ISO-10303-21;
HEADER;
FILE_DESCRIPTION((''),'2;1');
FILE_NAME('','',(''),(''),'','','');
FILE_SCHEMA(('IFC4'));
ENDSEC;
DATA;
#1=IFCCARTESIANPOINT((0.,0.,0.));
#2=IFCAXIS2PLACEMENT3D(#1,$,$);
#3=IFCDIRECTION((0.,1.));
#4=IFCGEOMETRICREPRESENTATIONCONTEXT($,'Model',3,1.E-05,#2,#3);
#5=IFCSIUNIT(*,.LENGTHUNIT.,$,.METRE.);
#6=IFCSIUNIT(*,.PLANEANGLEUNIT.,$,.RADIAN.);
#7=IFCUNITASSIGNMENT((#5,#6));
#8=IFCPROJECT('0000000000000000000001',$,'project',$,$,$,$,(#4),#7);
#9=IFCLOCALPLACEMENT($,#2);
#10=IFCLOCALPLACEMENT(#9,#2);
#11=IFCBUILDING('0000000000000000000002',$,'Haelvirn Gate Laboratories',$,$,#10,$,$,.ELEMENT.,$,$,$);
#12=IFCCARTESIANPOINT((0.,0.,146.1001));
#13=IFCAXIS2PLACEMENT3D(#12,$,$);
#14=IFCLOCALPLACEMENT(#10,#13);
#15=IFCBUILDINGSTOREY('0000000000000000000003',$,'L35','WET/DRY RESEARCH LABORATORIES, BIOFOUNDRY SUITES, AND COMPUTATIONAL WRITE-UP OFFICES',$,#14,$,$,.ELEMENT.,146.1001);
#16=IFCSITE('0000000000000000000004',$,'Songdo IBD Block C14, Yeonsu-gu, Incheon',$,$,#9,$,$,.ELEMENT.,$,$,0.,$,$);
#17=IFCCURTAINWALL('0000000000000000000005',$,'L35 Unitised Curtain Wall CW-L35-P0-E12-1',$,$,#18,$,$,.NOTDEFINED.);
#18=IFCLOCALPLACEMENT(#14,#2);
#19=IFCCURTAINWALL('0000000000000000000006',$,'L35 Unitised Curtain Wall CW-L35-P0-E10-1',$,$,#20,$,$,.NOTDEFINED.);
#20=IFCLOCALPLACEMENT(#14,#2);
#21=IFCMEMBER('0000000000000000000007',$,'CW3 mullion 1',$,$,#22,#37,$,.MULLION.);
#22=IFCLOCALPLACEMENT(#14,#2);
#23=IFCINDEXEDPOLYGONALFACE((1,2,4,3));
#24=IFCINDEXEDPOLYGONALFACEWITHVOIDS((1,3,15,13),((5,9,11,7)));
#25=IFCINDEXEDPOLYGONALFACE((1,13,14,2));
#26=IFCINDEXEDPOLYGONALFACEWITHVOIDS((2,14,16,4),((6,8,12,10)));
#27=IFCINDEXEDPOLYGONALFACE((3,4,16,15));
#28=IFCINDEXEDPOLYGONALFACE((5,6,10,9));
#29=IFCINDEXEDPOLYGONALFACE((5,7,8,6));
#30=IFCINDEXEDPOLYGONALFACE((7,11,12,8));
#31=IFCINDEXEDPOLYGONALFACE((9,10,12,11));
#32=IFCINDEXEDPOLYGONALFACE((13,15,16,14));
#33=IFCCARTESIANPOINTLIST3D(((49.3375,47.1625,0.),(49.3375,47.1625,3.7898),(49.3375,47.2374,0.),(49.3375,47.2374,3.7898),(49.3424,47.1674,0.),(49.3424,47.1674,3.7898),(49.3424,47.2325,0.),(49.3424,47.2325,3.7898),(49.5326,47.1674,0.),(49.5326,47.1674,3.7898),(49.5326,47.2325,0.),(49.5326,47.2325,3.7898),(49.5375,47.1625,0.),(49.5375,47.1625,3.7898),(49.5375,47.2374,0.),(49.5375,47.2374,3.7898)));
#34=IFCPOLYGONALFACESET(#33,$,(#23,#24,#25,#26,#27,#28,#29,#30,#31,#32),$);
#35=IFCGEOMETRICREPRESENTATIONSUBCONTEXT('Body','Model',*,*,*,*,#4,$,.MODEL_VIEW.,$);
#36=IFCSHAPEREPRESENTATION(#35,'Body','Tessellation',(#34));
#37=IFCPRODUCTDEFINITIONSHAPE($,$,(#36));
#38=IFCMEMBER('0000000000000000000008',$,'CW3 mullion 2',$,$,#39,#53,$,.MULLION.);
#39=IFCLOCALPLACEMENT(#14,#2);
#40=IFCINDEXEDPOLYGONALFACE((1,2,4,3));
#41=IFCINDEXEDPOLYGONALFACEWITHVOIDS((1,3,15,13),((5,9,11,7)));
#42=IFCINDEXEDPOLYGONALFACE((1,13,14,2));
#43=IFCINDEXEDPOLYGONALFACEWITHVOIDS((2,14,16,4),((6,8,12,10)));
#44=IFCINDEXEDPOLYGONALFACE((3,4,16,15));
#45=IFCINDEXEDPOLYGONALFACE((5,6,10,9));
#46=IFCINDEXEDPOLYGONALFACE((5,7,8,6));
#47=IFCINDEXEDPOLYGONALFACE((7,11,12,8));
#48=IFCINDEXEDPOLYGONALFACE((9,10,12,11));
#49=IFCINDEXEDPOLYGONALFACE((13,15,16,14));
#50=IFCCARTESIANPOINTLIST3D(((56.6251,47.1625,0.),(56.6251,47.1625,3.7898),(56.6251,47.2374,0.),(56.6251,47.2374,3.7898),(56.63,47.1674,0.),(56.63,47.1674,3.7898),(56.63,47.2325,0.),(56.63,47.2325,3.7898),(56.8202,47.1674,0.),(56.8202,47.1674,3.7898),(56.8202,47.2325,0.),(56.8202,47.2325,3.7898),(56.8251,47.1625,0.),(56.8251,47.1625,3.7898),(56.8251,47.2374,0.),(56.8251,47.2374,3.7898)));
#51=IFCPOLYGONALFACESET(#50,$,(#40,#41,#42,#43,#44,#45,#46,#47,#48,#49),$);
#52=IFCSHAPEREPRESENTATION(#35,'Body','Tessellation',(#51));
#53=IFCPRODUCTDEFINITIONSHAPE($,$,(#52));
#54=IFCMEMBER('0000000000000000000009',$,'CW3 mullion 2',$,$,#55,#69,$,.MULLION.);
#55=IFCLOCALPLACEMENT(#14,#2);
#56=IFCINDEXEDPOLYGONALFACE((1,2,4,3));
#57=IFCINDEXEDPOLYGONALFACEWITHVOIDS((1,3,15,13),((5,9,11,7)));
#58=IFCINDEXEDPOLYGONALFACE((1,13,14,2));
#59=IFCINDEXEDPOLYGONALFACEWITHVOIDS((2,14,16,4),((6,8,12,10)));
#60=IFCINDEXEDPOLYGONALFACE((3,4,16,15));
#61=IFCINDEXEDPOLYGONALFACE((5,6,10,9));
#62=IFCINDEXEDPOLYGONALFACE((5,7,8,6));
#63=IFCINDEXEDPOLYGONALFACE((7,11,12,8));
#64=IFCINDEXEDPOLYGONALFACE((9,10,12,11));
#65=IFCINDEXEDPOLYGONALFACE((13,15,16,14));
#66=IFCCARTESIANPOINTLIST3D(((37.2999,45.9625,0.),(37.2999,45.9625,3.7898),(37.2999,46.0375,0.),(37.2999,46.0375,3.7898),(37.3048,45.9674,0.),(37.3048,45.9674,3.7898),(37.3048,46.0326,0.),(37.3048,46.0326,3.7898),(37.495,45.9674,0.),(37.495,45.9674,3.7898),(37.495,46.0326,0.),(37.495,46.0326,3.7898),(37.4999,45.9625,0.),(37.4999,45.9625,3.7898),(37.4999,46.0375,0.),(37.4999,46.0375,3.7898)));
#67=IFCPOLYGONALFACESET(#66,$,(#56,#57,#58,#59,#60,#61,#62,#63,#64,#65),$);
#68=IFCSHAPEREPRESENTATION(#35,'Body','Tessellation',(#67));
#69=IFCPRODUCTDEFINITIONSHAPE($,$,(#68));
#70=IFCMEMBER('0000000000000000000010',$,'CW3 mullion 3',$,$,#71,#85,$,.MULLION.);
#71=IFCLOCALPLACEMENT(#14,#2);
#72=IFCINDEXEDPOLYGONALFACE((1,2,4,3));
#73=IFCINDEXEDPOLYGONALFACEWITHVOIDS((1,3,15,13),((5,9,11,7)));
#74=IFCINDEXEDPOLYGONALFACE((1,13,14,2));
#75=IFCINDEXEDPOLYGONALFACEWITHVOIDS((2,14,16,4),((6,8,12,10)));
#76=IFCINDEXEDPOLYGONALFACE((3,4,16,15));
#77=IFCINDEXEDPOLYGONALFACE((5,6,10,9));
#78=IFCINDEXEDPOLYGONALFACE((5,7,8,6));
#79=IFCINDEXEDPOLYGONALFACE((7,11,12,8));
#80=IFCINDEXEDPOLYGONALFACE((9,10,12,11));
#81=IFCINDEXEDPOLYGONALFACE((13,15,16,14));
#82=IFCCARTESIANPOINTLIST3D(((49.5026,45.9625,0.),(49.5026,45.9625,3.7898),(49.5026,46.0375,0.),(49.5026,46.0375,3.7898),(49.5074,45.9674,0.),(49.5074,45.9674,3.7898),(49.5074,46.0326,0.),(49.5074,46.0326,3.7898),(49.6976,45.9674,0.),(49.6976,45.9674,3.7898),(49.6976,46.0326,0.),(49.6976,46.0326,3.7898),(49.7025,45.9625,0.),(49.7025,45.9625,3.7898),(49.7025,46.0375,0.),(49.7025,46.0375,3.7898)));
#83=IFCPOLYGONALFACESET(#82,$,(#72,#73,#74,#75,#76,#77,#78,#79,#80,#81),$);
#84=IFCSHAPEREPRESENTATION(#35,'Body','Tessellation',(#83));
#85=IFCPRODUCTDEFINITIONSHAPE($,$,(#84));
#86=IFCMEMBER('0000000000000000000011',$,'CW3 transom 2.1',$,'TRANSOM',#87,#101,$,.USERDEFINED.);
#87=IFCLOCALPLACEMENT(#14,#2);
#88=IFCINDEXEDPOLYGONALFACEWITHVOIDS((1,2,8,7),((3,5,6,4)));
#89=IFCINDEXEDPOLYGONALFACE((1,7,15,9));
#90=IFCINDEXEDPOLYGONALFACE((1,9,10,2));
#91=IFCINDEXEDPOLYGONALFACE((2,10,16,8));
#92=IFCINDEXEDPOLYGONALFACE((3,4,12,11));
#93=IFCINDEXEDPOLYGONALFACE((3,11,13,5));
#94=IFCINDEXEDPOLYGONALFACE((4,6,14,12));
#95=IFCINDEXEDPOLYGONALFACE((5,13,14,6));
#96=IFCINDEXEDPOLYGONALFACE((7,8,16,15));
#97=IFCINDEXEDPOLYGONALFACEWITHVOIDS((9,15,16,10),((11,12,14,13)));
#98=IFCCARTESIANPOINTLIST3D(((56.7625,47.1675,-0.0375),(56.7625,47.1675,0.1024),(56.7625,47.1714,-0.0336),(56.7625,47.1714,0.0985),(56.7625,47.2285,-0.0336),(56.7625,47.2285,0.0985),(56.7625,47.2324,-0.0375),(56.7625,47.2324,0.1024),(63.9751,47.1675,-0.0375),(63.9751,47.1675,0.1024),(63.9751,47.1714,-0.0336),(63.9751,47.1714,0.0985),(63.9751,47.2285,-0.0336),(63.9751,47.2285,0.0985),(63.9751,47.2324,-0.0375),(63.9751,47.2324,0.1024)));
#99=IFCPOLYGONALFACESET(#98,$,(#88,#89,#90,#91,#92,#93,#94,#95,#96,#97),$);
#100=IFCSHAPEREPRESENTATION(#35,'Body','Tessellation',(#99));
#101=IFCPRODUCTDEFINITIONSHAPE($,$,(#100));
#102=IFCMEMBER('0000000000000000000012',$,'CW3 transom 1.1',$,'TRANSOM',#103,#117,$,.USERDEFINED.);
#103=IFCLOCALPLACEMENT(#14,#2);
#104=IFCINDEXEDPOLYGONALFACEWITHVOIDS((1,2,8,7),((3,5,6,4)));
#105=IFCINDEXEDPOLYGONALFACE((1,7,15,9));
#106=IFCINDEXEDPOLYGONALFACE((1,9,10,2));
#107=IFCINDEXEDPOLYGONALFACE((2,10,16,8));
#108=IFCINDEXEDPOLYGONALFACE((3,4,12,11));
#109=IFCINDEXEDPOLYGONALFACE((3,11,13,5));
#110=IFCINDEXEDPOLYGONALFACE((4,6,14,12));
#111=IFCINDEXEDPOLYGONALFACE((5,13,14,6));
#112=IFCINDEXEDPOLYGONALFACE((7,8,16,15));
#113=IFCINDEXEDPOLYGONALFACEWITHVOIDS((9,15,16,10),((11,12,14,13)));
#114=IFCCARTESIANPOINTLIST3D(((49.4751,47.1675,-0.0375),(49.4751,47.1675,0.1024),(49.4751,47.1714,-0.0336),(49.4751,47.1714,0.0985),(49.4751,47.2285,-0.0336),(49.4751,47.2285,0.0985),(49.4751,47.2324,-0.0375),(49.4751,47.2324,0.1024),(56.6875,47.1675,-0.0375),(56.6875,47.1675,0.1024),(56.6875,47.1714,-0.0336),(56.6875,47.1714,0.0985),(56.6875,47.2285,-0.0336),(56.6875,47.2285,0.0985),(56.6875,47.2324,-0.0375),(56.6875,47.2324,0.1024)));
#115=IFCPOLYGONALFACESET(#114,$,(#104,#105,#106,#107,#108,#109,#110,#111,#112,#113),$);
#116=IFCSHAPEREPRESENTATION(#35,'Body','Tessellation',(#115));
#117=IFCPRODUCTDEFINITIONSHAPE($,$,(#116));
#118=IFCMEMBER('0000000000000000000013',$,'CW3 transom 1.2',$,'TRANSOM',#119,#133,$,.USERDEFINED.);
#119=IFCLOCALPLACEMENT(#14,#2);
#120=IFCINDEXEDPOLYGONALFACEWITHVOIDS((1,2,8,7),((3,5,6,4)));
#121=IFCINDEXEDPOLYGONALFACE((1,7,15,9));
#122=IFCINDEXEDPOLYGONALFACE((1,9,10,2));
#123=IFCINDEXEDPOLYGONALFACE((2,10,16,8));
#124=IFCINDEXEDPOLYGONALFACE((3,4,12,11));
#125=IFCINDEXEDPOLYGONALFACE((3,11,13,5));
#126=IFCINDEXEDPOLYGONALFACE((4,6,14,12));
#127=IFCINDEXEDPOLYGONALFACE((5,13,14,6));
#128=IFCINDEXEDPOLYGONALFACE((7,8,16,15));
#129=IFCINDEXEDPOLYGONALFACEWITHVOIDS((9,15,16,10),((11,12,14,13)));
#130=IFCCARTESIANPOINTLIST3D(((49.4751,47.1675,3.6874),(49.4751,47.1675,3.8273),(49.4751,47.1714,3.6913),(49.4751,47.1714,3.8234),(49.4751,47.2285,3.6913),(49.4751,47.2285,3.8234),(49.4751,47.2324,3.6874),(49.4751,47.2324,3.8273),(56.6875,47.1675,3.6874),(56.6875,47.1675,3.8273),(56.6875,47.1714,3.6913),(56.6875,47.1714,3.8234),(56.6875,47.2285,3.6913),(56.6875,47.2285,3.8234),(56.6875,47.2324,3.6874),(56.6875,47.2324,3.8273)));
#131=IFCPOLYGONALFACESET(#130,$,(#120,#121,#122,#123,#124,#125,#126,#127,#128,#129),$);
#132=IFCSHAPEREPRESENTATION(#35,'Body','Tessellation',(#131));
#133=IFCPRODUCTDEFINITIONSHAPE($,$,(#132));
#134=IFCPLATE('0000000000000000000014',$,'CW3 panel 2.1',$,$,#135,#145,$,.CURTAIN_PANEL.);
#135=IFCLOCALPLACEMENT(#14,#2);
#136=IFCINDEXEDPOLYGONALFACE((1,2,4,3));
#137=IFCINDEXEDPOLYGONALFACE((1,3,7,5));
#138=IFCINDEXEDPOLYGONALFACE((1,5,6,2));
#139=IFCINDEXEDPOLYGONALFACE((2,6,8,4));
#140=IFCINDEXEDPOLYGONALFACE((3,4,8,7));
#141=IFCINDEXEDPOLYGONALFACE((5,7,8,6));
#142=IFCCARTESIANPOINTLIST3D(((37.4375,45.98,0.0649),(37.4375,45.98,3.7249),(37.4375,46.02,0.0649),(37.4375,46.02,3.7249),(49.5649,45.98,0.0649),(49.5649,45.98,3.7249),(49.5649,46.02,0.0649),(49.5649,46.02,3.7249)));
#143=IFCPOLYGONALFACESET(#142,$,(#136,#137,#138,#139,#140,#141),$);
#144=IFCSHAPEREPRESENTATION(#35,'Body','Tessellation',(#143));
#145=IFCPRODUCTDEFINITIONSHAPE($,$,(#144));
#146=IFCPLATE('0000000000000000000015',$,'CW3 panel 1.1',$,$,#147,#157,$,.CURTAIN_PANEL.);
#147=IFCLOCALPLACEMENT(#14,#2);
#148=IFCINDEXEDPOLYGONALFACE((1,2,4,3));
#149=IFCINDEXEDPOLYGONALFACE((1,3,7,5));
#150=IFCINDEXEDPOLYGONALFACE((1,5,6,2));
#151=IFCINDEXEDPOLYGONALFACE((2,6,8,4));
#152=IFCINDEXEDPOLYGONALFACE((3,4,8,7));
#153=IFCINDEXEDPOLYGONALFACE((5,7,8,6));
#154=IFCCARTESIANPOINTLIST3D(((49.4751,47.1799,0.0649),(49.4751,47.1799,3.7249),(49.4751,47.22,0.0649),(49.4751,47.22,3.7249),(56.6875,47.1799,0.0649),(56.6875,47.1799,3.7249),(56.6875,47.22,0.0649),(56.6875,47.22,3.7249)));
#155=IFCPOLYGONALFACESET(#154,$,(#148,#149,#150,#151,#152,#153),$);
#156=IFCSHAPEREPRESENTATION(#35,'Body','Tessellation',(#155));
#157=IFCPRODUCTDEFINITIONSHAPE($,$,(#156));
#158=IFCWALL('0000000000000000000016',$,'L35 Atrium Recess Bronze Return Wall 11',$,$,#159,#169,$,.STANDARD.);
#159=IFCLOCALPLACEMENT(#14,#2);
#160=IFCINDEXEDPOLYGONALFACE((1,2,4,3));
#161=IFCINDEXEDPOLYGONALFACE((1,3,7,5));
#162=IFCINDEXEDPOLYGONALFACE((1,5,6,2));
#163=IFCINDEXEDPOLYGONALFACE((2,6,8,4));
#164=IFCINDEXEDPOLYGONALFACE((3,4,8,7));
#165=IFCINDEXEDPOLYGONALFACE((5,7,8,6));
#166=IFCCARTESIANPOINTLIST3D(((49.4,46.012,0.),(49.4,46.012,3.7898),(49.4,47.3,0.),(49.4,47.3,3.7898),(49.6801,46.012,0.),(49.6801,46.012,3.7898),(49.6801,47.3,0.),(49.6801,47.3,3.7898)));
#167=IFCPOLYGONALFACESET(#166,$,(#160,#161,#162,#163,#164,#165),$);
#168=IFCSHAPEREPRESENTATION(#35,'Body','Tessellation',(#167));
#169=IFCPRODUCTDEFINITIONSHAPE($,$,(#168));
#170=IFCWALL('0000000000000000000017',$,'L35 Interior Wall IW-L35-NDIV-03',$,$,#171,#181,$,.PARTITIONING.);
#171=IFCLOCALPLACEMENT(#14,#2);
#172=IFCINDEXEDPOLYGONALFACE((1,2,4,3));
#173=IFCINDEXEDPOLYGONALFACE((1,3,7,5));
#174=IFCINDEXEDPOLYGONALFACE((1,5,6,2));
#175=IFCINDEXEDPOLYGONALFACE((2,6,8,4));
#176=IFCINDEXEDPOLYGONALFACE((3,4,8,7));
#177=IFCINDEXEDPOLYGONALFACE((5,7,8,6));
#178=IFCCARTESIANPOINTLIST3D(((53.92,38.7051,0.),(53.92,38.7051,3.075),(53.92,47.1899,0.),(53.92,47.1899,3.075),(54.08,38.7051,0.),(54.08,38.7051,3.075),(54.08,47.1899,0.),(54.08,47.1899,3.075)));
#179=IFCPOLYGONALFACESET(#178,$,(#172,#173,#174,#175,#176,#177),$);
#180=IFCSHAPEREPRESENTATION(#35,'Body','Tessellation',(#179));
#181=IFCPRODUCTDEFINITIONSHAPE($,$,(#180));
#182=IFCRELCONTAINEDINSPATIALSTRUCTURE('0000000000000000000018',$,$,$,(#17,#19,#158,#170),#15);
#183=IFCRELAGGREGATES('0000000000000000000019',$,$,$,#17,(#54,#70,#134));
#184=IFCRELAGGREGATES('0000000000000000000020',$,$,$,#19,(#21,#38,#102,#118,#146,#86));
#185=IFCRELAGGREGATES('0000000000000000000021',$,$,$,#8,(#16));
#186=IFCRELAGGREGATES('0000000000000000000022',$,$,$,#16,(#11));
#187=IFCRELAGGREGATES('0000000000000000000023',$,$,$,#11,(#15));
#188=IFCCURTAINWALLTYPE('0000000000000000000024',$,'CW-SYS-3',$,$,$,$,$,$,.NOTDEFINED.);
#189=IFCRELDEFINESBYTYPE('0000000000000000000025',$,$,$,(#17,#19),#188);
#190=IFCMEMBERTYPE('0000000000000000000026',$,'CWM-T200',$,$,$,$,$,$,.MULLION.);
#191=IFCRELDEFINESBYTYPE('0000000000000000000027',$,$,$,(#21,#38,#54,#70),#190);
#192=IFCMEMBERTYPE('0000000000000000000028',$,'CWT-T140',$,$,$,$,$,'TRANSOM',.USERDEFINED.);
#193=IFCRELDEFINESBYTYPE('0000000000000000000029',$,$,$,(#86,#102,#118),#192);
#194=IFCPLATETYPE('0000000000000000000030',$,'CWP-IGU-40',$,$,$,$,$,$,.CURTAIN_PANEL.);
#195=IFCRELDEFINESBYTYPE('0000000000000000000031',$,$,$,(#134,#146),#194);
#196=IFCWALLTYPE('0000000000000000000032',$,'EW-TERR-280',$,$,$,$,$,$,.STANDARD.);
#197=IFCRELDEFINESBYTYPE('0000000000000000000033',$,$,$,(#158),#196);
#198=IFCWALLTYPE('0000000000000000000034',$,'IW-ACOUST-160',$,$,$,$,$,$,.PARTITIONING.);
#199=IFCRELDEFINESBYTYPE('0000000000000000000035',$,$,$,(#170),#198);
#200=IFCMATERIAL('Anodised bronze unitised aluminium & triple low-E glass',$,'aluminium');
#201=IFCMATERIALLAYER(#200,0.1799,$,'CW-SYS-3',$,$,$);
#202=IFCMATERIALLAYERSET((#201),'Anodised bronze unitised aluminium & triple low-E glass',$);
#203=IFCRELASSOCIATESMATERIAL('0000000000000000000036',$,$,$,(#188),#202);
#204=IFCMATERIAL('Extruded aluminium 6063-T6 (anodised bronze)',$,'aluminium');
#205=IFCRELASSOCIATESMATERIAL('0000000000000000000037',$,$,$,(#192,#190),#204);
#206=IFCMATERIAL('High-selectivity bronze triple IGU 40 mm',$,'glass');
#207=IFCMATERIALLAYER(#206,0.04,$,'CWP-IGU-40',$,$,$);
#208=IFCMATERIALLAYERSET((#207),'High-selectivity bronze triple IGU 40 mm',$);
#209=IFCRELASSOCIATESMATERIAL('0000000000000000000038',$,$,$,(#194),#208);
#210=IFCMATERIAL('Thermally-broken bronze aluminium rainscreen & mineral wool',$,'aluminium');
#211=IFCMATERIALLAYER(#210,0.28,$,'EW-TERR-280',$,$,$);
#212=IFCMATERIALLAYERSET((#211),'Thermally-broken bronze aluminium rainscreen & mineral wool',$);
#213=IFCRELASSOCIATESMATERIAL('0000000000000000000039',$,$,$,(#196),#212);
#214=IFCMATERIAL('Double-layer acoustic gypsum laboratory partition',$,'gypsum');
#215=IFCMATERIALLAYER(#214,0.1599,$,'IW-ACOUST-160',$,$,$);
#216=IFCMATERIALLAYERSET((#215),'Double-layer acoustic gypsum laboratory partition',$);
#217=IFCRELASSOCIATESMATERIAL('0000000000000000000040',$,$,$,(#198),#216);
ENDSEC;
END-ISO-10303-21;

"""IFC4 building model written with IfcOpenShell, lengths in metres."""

from ifc_helpers import new_model, si_unit, direction, frame, frame_2d, origin, origin_2d, place, context, subcontext, project, spatial, rectangle, hollow_rectangle, extrude, source, transform, mapped, material, layer, layer_set, material_profile, profile_set, type_object, type_shapes, element, aggregate, save


model = new_model("IFC4")

# Units and contexts
model_context = context("Model", 3, precision=1e-05, world=origin(), true_north=direction((0.0, 1.0)))
body_context = subcontext(model_context, "Body", "Model", "MODEL_VIEW")
ifc_project = project(units=[si_unit("LENGTHUNIT", "METRE"), si_unit("PLANEANGLEUNIT", "RADIAN")], contexts=[model_context])

# Site, building, storey
site_placement = place(None, origin())
site = spatial("IfcSite", under=ifc_project, at=site_placement, Name="Songdo IBD Block C14, Yeonsu-gu, Incheon", CompositionType="ELEMENT", RefElevation=0.0)
building_placement = place(site_placement, origin())
building = spatial("IfcBuilding", under=site, at=building_placement, Name="Haelvirn Gate Laboratories", CompositionType="ELEMENT")
storey_placement = place(building_placement, frame((0.0, 0.0, 146.1001)))
storey = spatial("IfcBuildingStorey", under=building, at=storey_placement, Name="L35", Description="WET/DRY RESEARCH LABORATORIES, BIOFOUNDRY SUITES, AND COMPUTATIONAL WRITE-UP OFFICES", CompositionType="ELEMENT", Elevation=146.1001)

# Curtain walls, members
ifc_material_1 = material(Name="Anodised bronze unitised aluminium & triple low-E glass", Category="aluminium")
ifc_layer_1 = layer(ifc_material_1, 0.1799, Name="CW-SYS-3")
ifc_layer_set_1 = layer_set([ifc_layer_1], Name="Anodised bronze unitised aluminium & triple low-E glass")
curtain_wall_type = type_object("IfcCurtainWallType", Name="CW-SYS-3", PredefinedType="NOTDEFINED", material=ifc_layer_set_1)
curtain_wall_1_placement = place(storey_placement, origin())
curtain_wall_1 = element("IfcCurtainWall", 1, at=curtain_wall_1_placement, inside=storey, type_object=curtain_wall_type, Name="L35 Unitised Curtain Wall CW-L35-P0-E12-1", PredefinedType="NOTDEFINED")
ifc_material_2 = material(Name="Extruded aluminium 6063-T6 (anodised bronze)", Category="aluminium")
ifc_material_profile_1 = material_profile(ifc_material_2, hollow_rectangle(XDim=0.0649, YDim=0.1399, WallThickness=0.0039, at=origin_2d()), Name="CWT-140x65x4")
ifc_profile_set_1 = profile_set([ifc_material_profile_1], Name="Extruded aluminium 6063-T6 (anodised bronze)")
member_type_1 = type_object("IfcMemberType", Name="CWT-T140", ElementType="TRANSOM", PredefinedType="USERDEFINED", material=ifc_profile_set_1)
curtain_wall_2_placement = place(storey_placement, origin())
curtain_wall_2 = element("IfcCurtainWall", 2, at=curtain_wall_2_placement, inside=storey, type_object=curtain_wall_type, Name="L35 Unitised Curtain Wall CW-L35-P0-E10-1", PredefinedType="NOTDEFINED")
ifc_material_profile_2 = material_profile(ifc_material_2, hollow_rectangle(XDim=0.075, YDim=0.2, WallThickness=0.0049, at=origin_2d()), Name="CWM-200x75x5")
ifc_profile_set_2 = profile_set([ifc_material_profile_2], Name="Extruded aluminium 6063-T6 (anodised bronze)")
member_type_2 = type_object("IfcMemberType", Name="CWM-T200", PredefinedType="MULLION", material=ifc_profile_set_2)
shared_shape_1 = source(origin(), body_context, "Body", "SweptSolid", [
    extrude(hollow_rectangle(XDim=0.075, YDim=0.2, WallThickness=0.0049, at=origin_2d()), origin(), (0.0, 0.0, 1.0), 3.7898),
])
type_shapes(member_type_2, [shared_shape_1])
member_1_placement = place(storey_placement, frame((49.4375, 47.2, 0.0), z_axis=(0.0, 0.0, 1.0), x_axis=(0.0, 1.0, 0.0)))
member_1 = element("IfcMember", 3, at=member_1_placement, type_object=member_type_2, Name="CW3 mullion 1", PredefinedType="MULLION", context=body_context, shape_type="MappedRepresentation", body=[
    mapped(shared_shape_1, transform((0.0, 0.0, 0.0), scale=1.0)),
])
member_2_placement = place(storey_placement, frame((56.7251, 47.2, 0.0), z_axis=(0.0, 0.0, 1.0), x_axis=(0.0, 1.0, 0.0)))
member_2 = element("IfcMember", 4, at=member_2_placement, type_object=member_type_2, Name="CW3 mullion 2", PredefinedType="MULLION", context=body_context, shape_type="MappedRepresentation", body=[
    mapped(shared_shape_1, transform((0.0, 0.0, 0.0), scale=1.0)),
])

# Members
member_3_placement = place(storey_placement, frame((37.3999, 46.0, 0.0), z_axis=(0.0, 0.0, 1.0), x_axis=(0.0, 1.0, 0.0)))
member_3 = element("IfcMember", 5, at=member_3_placement, type_object=member_type_2, Name="CW3 mullion 2", PredefinedType="MULLION", context=body_context, shape_type="MappedRepresentation", body=[
    mapped(shared_shape_1, transform((0.0, 0.0, 0.0), scale=1.0)),
])
member_4_placement = place(storey_placement, frame((49.6025, 46.0, 0.0), z_axis=(0.0, 0.0, 1.0), x_axis=(0.0, 1.0, 0.0)))
member_4 = element("IfcMember", 6, at=member_4_placement, type_object=member_type_2, Name="CW3 mullion 3", PredefinedType="MULLION", context=body_context, shape_type="MappedRepresentation", body=[
    mapped(shared_shape_1, transform((0.0, 0.0, 0.0), scale=1.0)),
])
shared_shape_2 = source(origin(), body_context, "Body", "SweptSolid", [
    extrude(hollow_rectangle(XDim=0.0649, YDim=0.1399, WallThickness=0.0039, at=origin_2d()), origin(), (0.0, 0.0, 1.0), 7.2126),
])
member_5_placement = place(storey_placement, frame((56.7625, 47.2, 0.0325), z_axis=(1.0, 0.0, 0.0), x_axis=(0.0, 1.0, 0.0)))
member_5 = element("IfcMember", 7, at=member_5_placement, type_object=member_type_1, Name="CW3 transom 2.1", ObjectType="TRANSOM", PredefinedType="USERDEFINED", context=body_context, shape_type="MappedRepresentation", body=[
    mapped(shared_shape_2, transform((0.0, 0.0, 0.0), scale=1.0)),
])
shared_shape_3 = source(origin(), body_context, "Body", "SweptSolid", [
    extrude(hollow_rectangle(XDim=0.0649, YDim=0.1399, WallThickness=0.0039, at=origin_2d()), origin(), (0.0, 0.0, 1.0), 7.2124),
])
member_6_placement = place(storey_placement, frame((49.4751, 47.2, 0.0325), z_axis=(1.0, 0.0, 0.0), x_axis=(0.0, 1.0, 0.0)))
member_6 = element("IfcMember", 8, at=member_6_placement, type_object=member_type_1, Name="CW3 transom 1.1", ObjectType="TRANSOM", PredefinedType="USERDEFINED", context=body_context, shape_type="MappedRepresentation", body=[
    mapped(shared_shape_3, transform((0.0, 0.0, 0.0), scale=1.0)),
])
member_7_placement = place(storey_placement, frame((49.4751, 47.2, 3.7573), z_axis=(1.0, 0.0, 0.0), x_axis=(0.0, 1.0, 0.0)))
member_7 = element("IfcMember", 9, at=member_7_placement, type_object=member_type_1, Name="CW3 transom 1.2", ObjectType="TRANSOM", PredefinedType="USERDEFINED", context=body_context, shape_type="MappedRepresentation", body=[
    mapped(shared_shape_3, transform((0.0, 0.0, 0.0), scale=1.0)),
])

# Plates
ifc_material_3 = material(Name="High-selectivity bronze triple IGU 40 mm", Category="glass")
ifc_layer_2 = layer(ifc_material_3, 0.04, Name="CWP-IGU-40")
ifc_layer_set_2 = layer_set([ifc_layer_2], Name="High-selectivity bronze triple IGU 40 mm")
plate_type = type_object("IfcPlateType", Name="CWP-IGU-40", PredefinedType="CURTAIN_PANEL", material=ifc_layer_set_2)
shared_shape_4 = source(origin(), body_context, "Body", "SweptSolid", [
    extrude(rectangle(XDim=12.1274, YDim=0.04, at=origin_2d()), origin(), (0.0, 0.0, 1.0), 3.6599),
])
plate_1_placement = place(storey_placement, frame((43.5012, 46.0, 0.0649), z_axis=(0.0, 0.0, 1.0), x_axis=(1.0, 0.0, 0.0)))
plate_1 = element("IfcPlate", 10, at=plate_1_placement, type_object=plate_type, Name="CW3 panel 2.1", PredefinedType="CURTAIN_PANEL", context=body_context, shape_type="MappedRepresentation", body=[
    mapped(shared_shape_4, transform((0.0, 0.0, 0.0), scale=1.0)),
])
aggregate(curtain_wall_1, [member_3, member_4, plate_1])
shared_shape_5 = source(origin(), body_context, "Body", "SweptSolid", [
    extrude(rectangle(XDim=7.2124, YDim=0.04, at=origin_2d()), origin(), (0.0, 0.0, 1.0), 3.6599),
])
type_shapes(plate_type, [shared_shape_4, shared_shape_5])
plate_2_placement = place(storey_placement, frame((53.0813, 47.2, 0.0649), z_axis=(0.0, 0.0, 1.0), x_axis=(1.0, 0.0, 0.0)))
plate_2 = element("IfcPlate", 11, at=plate_2_placement, type_object=plate_type, Name="CW3 panel 1.1", PredefinedType="CURTAIN_PANEL", context=body_context, shape_type="MappedRepresentation", body=[
    mapped(shared_shape_5, transform((0.0, 0.0, 0.0), scale=1.0)),
])
aggregate(curtain_wall_2, [member_1, member_2, member_6, member_7, plate_2, member_5])

# Walls
ifc_material_4 = material(Name="Thermally-broken bronze aluminium rainscreen & mineral wool", Category="aluminium")
ifc_layer_3 = layer(ifc_material_4, 0.28, Name="EW-TERR-280")
ifc_layer_set_3 = layer_set([ifc_layer_3], Name="Thermally-broken bronze aluminium rainscreen & mineral wool")
wall_type_1 = type_object("IfcWallType", Name="EW-TERR-280", PredefinedType="STANDARD", material=ifc_layer_set_3)
wall_1_placement = place(storey_placement, frame((49.54, 47.3, 0.0), z_axis=(0.0, 0.0, 1.0), x_axis=(0.0, -1.0, 0.0)))
element("IfcWall", 12, at=wall_1_placement, inside=storey, type_object=wall_type_1, Name="L35 Atrium Recess Bronze Return Wall 11", PredefinedType="STANDARD", context=body_context, shape_type="SweptSolid", body=[
    extrude(rectangle(XDim=1.2881, YDim=0.28, at=frame_2d((0.644, 0.0))), origin(), (0.0, 0.0, 1.0), 3.7898),
])
ifc_material_5 = material(Name="Double-layer acoustic gypsum laboratory partition", Category="gypsum")
ifc_layer_4 = layer(ifc_material_5, 0.1599, Name="IW-ACOUST-160")
ifc_layer_set_4 = layer_set([ifc_layer_4], Name="Double-layer acoustic gypsum laboratory partition")
wall_type_2 = type_object("IfcWallType", Name="IW-ACOUST-160", PredefinedType="PARTITIONING", material=ifc_layer_set_4)
wall_2_placement = place(storey_placement, frame((54.0, 38.7051, 0.0), z_axis=(0.0, 0.0, 1.0), x_axis=(0.0, 1.0, 0.0)))
element("IfcWall", 13, at=wall_2_placement, inside=storey, type_object=wall_type_2, Name="L35 Interior Wall IW-L35-NDIV-03", PredefinedType="PARTITIONING", context=body_context, shape_type="SweptSolid", body=[
    extrude(rectangle(XDim=8.4849, YDim=0.1599, at=frame_2d((4.2424, 0.0))), origin(), (0.0, 0.0, 1.0), 3.075),
])

save(model, "model.ifc")
